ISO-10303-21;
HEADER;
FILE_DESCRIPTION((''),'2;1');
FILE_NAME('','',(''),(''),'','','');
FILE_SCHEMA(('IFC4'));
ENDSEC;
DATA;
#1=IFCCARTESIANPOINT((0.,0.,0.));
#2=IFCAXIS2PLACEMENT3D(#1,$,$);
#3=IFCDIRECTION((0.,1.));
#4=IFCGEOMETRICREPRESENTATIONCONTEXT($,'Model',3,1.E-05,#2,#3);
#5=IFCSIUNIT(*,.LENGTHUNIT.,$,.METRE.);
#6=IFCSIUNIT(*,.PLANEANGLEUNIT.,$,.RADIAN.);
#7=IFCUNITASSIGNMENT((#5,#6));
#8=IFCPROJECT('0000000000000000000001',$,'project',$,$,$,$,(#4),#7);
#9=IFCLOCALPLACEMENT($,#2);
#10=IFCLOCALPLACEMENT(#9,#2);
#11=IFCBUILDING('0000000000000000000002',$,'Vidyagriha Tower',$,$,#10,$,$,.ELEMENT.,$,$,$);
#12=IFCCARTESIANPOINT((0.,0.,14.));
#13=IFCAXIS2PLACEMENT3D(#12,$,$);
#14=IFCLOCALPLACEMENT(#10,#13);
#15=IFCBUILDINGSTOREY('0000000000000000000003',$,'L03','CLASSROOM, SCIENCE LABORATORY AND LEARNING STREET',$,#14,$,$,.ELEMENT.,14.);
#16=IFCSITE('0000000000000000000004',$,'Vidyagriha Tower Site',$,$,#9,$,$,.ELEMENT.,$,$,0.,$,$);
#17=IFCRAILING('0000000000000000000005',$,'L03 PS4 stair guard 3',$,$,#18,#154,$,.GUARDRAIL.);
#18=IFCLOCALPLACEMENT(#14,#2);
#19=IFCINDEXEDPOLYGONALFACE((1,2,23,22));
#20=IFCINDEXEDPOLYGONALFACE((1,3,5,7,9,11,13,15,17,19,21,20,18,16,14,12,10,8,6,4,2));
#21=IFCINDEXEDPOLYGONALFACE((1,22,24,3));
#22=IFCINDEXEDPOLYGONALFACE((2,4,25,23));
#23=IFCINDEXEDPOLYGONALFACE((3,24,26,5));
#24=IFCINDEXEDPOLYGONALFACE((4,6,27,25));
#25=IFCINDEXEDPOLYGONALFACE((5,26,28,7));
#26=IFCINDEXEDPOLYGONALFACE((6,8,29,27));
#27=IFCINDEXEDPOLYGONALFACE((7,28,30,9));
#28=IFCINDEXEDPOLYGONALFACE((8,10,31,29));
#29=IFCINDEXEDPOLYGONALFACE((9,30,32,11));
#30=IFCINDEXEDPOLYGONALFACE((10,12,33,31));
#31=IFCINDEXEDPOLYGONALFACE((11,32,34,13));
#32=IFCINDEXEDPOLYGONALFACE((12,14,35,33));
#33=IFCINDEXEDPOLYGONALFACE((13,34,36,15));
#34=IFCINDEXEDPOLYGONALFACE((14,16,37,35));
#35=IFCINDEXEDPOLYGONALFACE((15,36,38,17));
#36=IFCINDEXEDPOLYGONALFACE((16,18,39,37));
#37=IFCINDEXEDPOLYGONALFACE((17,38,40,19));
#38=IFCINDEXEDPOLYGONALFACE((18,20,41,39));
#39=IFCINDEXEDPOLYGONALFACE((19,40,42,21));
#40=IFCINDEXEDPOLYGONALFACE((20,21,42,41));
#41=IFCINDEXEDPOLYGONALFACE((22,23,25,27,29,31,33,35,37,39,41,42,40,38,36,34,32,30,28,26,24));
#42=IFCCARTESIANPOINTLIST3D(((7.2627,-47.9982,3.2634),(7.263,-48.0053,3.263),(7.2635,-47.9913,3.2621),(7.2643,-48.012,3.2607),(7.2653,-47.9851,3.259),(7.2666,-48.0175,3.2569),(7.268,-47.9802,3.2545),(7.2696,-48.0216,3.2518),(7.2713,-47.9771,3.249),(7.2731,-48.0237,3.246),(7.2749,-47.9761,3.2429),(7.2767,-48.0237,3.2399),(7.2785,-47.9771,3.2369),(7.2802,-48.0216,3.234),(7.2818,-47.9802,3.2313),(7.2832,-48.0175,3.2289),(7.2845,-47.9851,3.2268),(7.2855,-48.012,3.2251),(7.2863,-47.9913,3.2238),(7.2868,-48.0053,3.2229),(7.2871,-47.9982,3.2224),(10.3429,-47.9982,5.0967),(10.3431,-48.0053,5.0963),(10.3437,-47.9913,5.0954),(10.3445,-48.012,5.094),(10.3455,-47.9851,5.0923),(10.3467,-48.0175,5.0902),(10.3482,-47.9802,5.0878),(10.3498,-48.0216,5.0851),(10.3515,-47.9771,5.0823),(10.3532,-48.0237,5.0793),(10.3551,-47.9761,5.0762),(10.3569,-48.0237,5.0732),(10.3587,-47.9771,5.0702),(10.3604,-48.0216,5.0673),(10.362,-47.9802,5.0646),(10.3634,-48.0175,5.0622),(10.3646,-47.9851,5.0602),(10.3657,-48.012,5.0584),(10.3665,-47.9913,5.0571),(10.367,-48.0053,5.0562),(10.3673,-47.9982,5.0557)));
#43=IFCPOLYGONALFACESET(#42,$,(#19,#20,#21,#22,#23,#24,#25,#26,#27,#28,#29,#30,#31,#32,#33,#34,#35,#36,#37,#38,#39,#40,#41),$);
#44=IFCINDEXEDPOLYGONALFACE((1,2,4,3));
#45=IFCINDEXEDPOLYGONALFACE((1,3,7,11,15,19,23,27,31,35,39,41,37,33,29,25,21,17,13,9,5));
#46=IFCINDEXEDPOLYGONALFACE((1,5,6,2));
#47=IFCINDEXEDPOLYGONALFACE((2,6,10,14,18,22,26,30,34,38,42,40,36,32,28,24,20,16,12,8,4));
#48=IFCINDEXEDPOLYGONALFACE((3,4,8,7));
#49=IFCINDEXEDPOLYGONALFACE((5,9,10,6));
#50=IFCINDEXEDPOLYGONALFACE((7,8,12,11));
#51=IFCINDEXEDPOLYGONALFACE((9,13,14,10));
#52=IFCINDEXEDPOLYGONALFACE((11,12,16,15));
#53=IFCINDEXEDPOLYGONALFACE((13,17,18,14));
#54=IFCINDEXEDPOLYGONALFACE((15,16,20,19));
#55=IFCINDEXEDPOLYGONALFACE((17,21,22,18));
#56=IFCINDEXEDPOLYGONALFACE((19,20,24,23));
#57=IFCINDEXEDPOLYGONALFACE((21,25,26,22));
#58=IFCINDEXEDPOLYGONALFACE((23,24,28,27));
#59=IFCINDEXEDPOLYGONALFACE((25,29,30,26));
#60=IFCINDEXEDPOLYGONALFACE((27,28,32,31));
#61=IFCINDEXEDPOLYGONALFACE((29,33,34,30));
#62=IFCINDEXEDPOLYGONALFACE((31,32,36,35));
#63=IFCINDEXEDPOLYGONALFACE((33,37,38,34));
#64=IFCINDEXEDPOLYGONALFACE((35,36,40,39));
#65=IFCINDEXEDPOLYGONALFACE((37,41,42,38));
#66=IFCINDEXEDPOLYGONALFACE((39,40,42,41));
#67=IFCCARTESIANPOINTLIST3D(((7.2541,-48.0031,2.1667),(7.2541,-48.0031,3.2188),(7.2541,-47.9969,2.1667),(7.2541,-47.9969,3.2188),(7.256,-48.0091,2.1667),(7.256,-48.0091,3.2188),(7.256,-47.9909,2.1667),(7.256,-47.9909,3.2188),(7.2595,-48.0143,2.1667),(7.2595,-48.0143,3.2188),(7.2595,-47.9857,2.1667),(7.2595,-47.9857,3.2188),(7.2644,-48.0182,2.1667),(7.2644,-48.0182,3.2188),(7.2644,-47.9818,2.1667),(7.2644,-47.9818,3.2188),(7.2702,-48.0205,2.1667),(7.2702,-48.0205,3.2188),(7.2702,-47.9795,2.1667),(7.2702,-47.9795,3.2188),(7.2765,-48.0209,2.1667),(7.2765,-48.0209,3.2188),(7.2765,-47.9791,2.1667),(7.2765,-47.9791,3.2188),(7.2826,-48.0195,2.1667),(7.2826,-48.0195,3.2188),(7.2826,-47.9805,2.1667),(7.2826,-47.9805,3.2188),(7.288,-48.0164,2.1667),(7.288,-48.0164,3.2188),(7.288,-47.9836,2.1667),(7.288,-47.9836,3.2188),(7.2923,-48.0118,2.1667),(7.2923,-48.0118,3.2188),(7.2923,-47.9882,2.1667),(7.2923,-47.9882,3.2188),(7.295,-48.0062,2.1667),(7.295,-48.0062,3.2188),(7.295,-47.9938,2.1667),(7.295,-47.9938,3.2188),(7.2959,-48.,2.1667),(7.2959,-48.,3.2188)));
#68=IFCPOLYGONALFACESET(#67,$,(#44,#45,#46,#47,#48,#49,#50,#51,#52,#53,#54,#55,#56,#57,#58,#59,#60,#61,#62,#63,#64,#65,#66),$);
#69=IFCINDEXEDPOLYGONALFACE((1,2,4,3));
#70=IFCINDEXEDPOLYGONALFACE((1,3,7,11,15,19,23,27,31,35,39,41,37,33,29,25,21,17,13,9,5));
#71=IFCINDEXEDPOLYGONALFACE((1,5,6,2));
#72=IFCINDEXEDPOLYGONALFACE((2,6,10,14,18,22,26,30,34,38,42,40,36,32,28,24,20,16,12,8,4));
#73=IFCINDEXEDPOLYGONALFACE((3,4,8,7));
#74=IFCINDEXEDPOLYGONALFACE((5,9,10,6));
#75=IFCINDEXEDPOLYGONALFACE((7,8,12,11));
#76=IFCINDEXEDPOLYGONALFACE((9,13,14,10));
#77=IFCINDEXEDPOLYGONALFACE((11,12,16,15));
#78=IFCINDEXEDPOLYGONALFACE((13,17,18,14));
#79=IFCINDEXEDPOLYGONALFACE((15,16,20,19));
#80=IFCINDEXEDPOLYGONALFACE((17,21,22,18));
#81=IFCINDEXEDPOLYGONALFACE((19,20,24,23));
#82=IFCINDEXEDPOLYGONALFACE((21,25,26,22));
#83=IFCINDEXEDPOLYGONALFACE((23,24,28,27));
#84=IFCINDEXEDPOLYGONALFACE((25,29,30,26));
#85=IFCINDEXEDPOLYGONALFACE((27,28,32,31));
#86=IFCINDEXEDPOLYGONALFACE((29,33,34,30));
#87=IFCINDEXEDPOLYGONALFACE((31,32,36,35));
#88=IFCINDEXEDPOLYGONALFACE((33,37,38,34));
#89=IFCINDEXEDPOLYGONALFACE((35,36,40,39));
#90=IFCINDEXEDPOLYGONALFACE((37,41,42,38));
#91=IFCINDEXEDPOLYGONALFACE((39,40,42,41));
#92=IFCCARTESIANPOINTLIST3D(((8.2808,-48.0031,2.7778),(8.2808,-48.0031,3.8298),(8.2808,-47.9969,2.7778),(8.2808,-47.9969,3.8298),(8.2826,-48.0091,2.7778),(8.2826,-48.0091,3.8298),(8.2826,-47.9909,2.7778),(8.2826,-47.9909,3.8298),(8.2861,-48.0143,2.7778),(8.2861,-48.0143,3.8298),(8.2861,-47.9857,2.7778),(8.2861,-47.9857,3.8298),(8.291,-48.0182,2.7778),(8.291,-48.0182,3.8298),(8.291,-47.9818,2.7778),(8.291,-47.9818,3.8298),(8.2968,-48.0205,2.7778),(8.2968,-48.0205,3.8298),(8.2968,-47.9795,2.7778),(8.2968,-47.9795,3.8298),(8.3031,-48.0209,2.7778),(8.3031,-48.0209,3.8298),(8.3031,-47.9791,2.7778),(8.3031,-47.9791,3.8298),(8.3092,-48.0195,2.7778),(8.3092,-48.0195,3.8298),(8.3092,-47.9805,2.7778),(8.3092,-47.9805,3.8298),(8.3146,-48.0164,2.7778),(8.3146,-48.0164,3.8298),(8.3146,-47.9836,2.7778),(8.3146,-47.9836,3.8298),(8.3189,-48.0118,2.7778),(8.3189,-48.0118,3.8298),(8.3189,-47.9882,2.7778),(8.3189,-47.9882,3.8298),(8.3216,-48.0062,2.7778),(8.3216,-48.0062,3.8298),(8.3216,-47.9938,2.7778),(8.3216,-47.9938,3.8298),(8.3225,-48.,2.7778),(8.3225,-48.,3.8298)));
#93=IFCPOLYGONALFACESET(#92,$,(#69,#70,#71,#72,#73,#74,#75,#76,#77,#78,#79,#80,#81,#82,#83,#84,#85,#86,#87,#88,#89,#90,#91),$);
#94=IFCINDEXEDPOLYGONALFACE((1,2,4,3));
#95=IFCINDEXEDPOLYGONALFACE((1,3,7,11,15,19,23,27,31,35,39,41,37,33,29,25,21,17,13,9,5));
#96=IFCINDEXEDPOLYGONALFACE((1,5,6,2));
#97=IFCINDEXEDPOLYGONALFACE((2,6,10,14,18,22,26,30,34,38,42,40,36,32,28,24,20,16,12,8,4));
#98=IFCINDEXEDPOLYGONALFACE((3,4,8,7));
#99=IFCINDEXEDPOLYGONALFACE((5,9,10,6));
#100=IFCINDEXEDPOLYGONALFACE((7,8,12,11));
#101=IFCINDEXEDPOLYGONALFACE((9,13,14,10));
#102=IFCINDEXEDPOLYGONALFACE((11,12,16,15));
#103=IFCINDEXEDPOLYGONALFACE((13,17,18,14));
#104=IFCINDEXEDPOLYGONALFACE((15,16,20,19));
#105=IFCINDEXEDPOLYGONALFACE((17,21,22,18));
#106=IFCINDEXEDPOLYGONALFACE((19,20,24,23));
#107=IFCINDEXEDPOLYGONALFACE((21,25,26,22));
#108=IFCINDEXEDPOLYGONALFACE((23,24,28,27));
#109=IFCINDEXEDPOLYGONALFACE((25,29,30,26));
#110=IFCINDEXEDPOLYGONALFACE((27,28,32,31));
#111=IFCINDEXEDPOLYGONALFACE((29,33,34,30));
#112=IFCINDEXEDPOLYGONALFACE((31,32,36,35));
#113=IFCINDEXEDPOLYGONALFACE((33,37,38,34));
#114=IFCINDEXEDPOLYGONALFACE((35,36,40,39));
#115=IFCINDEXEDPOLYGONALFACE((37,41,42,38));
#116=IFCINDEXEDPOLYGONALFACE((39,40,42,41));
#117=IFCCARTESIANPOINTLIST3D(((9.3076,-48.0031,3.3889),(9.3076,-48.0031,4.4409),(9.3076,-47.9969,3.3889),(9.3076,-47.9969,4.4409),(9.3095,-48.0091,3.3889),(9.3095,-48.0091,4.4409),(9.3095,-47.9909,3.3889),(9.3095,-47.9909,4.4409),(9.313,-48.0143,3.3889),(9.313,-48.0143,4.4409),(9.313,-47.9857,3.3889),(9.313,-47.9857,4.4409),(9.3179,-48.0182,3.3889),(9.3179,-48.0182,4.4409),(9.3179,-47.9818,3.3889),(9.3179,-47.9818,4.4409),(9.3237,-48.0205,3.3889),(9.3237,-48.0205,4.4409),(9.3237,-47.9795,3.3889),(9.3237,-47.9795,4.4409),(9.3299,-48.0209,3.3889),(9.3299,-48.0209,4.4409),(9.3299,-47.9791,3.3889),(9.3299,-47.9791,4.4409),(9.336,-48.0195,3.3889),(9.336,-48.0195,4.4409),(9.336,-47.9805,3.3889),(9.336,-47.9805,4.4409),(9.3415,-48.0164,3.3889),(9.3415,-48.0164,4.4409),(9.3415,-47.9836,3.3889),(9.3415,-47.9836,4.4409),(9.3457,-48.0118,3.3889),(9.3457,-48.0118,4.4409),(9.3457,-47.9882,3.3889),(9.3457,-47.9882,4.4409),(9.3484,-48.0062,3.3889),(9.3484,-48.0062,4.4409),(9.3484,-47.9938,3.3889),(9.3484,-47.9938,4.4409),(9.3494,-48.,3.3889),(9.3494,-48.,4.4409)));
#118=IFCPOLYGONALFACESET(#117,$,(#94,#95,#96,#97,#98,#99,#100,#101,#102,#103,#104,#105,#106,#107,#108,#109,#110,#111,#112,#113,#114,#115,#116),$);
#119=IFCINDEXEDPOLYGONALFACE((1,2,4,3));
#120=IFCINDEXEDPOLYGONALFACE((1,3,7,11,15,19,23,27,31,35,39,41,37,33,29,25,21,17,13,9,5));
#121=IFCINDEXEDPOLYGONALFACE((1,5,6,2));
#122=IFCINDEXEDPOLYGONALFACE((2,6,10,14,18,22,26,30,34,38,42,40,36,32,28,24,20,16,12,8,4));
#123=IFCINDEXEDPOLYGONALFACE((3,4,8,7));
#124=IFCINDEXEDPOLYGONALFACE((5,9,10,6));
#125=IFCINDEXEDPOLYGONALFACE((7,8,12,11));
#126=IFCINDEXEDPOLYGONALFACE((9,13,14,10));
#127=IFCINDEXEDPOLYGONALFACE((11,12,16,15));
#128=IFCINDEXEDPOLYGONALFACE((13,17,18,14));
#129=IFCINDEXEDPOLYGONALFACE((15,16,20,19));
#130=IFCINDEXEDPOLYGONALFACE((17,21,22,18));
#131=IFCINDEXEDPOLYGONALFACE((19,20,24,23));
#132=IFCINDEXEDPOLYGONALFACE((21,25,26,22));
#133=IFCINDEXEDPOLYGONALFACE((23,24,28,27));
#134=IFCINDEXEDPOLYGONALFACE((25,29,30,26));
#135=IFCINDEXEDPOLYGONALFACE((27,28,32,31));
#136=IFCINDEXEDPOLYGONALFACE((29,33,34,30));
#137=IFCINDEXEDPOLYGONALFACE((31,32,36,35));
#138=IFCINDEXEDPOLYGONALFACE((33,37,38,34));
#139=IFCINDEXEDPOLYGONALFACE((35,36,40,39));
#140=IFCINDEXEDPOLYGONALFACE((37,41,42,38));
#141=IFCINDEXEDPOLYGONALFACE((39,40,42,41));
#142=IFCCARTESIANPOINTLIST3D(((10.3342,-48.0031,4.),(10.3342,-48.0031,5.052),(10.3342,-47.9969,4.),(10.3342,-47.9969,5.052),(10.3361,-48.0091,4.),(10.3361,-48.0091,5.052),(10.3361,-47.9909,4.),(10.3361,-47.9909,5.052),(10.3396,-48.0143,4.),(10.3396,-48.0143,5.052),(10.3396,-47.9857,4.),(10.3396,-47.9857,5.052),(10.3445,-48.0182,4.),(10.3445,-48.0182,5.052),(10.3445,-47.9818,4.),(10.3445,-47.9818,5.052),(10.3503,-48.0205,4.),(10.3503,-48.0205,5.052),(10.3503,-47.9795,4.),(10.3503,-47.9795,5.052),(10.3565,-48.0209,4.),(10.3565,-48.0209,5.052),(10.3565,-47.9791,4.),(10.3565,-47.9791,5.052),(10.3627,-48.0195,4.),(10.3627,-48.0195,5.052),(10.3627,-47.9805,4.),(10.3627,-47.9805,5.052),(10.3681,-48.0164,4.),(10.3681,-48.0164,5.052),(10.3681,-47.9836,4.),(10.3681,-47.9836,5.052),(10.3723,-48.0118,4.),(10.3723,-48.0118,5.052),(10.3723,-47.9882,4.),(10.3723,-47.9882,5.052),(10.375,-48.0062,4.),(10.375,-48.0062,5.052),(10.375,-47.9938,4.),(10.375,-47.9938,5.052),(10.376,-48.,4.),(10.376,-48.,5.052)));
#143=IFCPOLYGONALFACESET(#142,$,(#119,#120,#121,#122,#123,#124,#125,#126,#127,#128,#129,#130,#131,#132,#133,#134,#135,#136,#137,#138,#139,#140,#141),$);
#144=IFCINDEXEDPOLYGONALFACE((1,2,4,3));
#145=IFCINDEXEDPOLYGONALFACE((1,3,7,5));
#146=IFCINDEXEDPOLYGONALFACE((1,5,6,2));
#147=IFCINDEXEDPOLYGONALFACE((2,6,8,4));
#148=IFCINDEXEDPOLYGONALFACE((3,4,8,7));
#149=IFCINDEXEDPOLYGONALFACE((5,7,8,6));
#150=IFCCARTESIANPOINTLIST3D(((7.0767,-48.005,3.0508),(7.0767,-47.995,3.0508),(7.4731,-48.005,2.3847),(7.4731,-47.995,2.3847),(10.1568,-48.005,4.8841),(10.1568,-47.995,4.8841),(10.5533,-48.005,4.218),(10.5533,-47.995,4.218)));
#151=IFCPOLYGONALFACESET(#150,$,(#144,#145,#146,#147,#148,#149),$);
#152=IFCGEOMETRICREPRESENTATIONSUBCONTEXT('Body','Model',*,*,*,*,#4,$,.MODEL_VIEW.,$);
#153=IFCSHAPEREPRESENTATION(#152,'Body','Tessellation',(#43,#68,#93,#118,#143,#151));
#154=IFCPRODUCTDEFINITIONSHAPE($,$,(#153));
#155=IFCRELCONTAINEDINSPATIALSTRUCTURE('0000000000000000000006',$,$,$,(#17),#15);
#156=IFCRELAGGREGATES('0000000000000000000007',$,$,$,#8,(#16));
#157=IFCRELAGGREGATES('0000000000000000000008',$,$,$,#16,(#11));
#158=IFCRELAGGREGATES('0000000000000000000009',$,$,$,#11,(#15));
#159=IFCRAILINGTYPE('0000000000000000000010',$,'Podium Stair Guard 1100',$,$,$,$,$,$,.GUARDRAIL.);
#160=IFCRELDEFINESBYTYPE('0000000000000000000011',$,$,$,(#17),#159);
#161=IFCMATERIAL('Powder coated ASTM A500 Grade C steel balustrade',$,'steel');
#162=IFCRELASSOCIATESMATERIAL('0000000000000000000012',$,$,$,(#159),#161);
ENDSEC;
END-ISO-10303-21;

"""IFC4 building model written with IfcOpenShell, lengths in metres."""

from ifc_helpers import new_model, si_unit, direction, frame, origin, origin_2d, place, context, subcontext, project, spatial, rectangle, circle, extrude, material, type_object, element, save


model = new_model("IFC4")

# Units and contexts
model_context = context("Model", 3, precision=1e-05, world=origin(), true_north=direction((0.0, 1.0)))
body_context = subcontext(model_context, "Body", "Model", "MODEL_VIEW")
ifc_project = project(units=[si_unit("LENGTHUNIT", "METRE"), si_unit("PLANEANGLEUNIT", "RADIAN")], contexts=[model_context])

# Site, building, storey
site_placement = place(None, origin())
site = spatial("IfcSite", under=ifc_project, at=site_placement, Name="Vidyagriha Tower Site", CompositionType="ELEMENT", RefElevation=0.0)
building_placement = place(site_placement, origin())
building = spatial("IfcBuilding", under=site, at=building_placement, Name="Vidyagriha Tower", CompositionType="ELEMENT")
storey_placement = place(building_placement, frame((0.0, 0.0, 14.0)))
storey = spatial("IfcBuildingStorey", under=building, at=storey_placement, Name="L03", Description="CLASSROOM, SCIENCE LABORATORY AND LEARNING STREET", CompositionType="ELEMENT", Elevation=14.0)

# Railing
ifc_material_1 = material(Name="Powder coated ASTM A500 Grade C steel balustrade", Category="steel")
railing_type_1 = type_object("IfcRailingType", Name="Podium Stair Guard 1100", PredefinedType="GUARDRAIL", material=ifc_material_1)
railing_1_placement = place(storey_placement, frame((7.2749, -48.0, 2.1667)))
element("IfcRailing", 1, at=railing_1_placement, inside=storey, type_object=railing_type_1, Name="L03 PS4 stair guard 3", PredefinedType="GUARDRAIL", context=body_context, shape_type="SweptSolid", body=[
    extrude(circle(Radius=0.0239, at=origin_2d()), frame((0.0, 0.0, 1.0762), z_axis=(0.859309, 0.0, 0.511458), x_axis=(0.0, 1.0, 0.0)), (0.0, 0.0, 1.0), 3.5845),
    extrude(circle(Radius=0.021, at=origin_2d()), origin(), (0.0, 0.0, 1.0), 1.052),
    extrude(circle(Radius=0.021, at=origin_2d()), frame((1.0266, 0.0, 0.6111)), (0.0, 0.0, 1.0), 1.052),
    extrude(circle(Radius=0.021, at=origin_2d()), frame((2.0535, 0.0, 1.2222)), (0.0, 0.0, 1.0), 1.052),
    extrude(circle(Radius=0.021, at=origin_2d()), frame((3.0801, 0.0, 1.8333)), (0.0, 0.0, 1.0), 1.052),
    extrude(rectangle(XDim=0.01, YDim=0.7751, at=origin_2d()), frame((0.0, 0.0, 0.551), z_axis=(0.859309, 0.0, 0.511458), x_axis=(0.0, 1.0, 0.0)), (0.0, 0.0, 1.0), 3.5845),
])

save(model, "model.ifc")
